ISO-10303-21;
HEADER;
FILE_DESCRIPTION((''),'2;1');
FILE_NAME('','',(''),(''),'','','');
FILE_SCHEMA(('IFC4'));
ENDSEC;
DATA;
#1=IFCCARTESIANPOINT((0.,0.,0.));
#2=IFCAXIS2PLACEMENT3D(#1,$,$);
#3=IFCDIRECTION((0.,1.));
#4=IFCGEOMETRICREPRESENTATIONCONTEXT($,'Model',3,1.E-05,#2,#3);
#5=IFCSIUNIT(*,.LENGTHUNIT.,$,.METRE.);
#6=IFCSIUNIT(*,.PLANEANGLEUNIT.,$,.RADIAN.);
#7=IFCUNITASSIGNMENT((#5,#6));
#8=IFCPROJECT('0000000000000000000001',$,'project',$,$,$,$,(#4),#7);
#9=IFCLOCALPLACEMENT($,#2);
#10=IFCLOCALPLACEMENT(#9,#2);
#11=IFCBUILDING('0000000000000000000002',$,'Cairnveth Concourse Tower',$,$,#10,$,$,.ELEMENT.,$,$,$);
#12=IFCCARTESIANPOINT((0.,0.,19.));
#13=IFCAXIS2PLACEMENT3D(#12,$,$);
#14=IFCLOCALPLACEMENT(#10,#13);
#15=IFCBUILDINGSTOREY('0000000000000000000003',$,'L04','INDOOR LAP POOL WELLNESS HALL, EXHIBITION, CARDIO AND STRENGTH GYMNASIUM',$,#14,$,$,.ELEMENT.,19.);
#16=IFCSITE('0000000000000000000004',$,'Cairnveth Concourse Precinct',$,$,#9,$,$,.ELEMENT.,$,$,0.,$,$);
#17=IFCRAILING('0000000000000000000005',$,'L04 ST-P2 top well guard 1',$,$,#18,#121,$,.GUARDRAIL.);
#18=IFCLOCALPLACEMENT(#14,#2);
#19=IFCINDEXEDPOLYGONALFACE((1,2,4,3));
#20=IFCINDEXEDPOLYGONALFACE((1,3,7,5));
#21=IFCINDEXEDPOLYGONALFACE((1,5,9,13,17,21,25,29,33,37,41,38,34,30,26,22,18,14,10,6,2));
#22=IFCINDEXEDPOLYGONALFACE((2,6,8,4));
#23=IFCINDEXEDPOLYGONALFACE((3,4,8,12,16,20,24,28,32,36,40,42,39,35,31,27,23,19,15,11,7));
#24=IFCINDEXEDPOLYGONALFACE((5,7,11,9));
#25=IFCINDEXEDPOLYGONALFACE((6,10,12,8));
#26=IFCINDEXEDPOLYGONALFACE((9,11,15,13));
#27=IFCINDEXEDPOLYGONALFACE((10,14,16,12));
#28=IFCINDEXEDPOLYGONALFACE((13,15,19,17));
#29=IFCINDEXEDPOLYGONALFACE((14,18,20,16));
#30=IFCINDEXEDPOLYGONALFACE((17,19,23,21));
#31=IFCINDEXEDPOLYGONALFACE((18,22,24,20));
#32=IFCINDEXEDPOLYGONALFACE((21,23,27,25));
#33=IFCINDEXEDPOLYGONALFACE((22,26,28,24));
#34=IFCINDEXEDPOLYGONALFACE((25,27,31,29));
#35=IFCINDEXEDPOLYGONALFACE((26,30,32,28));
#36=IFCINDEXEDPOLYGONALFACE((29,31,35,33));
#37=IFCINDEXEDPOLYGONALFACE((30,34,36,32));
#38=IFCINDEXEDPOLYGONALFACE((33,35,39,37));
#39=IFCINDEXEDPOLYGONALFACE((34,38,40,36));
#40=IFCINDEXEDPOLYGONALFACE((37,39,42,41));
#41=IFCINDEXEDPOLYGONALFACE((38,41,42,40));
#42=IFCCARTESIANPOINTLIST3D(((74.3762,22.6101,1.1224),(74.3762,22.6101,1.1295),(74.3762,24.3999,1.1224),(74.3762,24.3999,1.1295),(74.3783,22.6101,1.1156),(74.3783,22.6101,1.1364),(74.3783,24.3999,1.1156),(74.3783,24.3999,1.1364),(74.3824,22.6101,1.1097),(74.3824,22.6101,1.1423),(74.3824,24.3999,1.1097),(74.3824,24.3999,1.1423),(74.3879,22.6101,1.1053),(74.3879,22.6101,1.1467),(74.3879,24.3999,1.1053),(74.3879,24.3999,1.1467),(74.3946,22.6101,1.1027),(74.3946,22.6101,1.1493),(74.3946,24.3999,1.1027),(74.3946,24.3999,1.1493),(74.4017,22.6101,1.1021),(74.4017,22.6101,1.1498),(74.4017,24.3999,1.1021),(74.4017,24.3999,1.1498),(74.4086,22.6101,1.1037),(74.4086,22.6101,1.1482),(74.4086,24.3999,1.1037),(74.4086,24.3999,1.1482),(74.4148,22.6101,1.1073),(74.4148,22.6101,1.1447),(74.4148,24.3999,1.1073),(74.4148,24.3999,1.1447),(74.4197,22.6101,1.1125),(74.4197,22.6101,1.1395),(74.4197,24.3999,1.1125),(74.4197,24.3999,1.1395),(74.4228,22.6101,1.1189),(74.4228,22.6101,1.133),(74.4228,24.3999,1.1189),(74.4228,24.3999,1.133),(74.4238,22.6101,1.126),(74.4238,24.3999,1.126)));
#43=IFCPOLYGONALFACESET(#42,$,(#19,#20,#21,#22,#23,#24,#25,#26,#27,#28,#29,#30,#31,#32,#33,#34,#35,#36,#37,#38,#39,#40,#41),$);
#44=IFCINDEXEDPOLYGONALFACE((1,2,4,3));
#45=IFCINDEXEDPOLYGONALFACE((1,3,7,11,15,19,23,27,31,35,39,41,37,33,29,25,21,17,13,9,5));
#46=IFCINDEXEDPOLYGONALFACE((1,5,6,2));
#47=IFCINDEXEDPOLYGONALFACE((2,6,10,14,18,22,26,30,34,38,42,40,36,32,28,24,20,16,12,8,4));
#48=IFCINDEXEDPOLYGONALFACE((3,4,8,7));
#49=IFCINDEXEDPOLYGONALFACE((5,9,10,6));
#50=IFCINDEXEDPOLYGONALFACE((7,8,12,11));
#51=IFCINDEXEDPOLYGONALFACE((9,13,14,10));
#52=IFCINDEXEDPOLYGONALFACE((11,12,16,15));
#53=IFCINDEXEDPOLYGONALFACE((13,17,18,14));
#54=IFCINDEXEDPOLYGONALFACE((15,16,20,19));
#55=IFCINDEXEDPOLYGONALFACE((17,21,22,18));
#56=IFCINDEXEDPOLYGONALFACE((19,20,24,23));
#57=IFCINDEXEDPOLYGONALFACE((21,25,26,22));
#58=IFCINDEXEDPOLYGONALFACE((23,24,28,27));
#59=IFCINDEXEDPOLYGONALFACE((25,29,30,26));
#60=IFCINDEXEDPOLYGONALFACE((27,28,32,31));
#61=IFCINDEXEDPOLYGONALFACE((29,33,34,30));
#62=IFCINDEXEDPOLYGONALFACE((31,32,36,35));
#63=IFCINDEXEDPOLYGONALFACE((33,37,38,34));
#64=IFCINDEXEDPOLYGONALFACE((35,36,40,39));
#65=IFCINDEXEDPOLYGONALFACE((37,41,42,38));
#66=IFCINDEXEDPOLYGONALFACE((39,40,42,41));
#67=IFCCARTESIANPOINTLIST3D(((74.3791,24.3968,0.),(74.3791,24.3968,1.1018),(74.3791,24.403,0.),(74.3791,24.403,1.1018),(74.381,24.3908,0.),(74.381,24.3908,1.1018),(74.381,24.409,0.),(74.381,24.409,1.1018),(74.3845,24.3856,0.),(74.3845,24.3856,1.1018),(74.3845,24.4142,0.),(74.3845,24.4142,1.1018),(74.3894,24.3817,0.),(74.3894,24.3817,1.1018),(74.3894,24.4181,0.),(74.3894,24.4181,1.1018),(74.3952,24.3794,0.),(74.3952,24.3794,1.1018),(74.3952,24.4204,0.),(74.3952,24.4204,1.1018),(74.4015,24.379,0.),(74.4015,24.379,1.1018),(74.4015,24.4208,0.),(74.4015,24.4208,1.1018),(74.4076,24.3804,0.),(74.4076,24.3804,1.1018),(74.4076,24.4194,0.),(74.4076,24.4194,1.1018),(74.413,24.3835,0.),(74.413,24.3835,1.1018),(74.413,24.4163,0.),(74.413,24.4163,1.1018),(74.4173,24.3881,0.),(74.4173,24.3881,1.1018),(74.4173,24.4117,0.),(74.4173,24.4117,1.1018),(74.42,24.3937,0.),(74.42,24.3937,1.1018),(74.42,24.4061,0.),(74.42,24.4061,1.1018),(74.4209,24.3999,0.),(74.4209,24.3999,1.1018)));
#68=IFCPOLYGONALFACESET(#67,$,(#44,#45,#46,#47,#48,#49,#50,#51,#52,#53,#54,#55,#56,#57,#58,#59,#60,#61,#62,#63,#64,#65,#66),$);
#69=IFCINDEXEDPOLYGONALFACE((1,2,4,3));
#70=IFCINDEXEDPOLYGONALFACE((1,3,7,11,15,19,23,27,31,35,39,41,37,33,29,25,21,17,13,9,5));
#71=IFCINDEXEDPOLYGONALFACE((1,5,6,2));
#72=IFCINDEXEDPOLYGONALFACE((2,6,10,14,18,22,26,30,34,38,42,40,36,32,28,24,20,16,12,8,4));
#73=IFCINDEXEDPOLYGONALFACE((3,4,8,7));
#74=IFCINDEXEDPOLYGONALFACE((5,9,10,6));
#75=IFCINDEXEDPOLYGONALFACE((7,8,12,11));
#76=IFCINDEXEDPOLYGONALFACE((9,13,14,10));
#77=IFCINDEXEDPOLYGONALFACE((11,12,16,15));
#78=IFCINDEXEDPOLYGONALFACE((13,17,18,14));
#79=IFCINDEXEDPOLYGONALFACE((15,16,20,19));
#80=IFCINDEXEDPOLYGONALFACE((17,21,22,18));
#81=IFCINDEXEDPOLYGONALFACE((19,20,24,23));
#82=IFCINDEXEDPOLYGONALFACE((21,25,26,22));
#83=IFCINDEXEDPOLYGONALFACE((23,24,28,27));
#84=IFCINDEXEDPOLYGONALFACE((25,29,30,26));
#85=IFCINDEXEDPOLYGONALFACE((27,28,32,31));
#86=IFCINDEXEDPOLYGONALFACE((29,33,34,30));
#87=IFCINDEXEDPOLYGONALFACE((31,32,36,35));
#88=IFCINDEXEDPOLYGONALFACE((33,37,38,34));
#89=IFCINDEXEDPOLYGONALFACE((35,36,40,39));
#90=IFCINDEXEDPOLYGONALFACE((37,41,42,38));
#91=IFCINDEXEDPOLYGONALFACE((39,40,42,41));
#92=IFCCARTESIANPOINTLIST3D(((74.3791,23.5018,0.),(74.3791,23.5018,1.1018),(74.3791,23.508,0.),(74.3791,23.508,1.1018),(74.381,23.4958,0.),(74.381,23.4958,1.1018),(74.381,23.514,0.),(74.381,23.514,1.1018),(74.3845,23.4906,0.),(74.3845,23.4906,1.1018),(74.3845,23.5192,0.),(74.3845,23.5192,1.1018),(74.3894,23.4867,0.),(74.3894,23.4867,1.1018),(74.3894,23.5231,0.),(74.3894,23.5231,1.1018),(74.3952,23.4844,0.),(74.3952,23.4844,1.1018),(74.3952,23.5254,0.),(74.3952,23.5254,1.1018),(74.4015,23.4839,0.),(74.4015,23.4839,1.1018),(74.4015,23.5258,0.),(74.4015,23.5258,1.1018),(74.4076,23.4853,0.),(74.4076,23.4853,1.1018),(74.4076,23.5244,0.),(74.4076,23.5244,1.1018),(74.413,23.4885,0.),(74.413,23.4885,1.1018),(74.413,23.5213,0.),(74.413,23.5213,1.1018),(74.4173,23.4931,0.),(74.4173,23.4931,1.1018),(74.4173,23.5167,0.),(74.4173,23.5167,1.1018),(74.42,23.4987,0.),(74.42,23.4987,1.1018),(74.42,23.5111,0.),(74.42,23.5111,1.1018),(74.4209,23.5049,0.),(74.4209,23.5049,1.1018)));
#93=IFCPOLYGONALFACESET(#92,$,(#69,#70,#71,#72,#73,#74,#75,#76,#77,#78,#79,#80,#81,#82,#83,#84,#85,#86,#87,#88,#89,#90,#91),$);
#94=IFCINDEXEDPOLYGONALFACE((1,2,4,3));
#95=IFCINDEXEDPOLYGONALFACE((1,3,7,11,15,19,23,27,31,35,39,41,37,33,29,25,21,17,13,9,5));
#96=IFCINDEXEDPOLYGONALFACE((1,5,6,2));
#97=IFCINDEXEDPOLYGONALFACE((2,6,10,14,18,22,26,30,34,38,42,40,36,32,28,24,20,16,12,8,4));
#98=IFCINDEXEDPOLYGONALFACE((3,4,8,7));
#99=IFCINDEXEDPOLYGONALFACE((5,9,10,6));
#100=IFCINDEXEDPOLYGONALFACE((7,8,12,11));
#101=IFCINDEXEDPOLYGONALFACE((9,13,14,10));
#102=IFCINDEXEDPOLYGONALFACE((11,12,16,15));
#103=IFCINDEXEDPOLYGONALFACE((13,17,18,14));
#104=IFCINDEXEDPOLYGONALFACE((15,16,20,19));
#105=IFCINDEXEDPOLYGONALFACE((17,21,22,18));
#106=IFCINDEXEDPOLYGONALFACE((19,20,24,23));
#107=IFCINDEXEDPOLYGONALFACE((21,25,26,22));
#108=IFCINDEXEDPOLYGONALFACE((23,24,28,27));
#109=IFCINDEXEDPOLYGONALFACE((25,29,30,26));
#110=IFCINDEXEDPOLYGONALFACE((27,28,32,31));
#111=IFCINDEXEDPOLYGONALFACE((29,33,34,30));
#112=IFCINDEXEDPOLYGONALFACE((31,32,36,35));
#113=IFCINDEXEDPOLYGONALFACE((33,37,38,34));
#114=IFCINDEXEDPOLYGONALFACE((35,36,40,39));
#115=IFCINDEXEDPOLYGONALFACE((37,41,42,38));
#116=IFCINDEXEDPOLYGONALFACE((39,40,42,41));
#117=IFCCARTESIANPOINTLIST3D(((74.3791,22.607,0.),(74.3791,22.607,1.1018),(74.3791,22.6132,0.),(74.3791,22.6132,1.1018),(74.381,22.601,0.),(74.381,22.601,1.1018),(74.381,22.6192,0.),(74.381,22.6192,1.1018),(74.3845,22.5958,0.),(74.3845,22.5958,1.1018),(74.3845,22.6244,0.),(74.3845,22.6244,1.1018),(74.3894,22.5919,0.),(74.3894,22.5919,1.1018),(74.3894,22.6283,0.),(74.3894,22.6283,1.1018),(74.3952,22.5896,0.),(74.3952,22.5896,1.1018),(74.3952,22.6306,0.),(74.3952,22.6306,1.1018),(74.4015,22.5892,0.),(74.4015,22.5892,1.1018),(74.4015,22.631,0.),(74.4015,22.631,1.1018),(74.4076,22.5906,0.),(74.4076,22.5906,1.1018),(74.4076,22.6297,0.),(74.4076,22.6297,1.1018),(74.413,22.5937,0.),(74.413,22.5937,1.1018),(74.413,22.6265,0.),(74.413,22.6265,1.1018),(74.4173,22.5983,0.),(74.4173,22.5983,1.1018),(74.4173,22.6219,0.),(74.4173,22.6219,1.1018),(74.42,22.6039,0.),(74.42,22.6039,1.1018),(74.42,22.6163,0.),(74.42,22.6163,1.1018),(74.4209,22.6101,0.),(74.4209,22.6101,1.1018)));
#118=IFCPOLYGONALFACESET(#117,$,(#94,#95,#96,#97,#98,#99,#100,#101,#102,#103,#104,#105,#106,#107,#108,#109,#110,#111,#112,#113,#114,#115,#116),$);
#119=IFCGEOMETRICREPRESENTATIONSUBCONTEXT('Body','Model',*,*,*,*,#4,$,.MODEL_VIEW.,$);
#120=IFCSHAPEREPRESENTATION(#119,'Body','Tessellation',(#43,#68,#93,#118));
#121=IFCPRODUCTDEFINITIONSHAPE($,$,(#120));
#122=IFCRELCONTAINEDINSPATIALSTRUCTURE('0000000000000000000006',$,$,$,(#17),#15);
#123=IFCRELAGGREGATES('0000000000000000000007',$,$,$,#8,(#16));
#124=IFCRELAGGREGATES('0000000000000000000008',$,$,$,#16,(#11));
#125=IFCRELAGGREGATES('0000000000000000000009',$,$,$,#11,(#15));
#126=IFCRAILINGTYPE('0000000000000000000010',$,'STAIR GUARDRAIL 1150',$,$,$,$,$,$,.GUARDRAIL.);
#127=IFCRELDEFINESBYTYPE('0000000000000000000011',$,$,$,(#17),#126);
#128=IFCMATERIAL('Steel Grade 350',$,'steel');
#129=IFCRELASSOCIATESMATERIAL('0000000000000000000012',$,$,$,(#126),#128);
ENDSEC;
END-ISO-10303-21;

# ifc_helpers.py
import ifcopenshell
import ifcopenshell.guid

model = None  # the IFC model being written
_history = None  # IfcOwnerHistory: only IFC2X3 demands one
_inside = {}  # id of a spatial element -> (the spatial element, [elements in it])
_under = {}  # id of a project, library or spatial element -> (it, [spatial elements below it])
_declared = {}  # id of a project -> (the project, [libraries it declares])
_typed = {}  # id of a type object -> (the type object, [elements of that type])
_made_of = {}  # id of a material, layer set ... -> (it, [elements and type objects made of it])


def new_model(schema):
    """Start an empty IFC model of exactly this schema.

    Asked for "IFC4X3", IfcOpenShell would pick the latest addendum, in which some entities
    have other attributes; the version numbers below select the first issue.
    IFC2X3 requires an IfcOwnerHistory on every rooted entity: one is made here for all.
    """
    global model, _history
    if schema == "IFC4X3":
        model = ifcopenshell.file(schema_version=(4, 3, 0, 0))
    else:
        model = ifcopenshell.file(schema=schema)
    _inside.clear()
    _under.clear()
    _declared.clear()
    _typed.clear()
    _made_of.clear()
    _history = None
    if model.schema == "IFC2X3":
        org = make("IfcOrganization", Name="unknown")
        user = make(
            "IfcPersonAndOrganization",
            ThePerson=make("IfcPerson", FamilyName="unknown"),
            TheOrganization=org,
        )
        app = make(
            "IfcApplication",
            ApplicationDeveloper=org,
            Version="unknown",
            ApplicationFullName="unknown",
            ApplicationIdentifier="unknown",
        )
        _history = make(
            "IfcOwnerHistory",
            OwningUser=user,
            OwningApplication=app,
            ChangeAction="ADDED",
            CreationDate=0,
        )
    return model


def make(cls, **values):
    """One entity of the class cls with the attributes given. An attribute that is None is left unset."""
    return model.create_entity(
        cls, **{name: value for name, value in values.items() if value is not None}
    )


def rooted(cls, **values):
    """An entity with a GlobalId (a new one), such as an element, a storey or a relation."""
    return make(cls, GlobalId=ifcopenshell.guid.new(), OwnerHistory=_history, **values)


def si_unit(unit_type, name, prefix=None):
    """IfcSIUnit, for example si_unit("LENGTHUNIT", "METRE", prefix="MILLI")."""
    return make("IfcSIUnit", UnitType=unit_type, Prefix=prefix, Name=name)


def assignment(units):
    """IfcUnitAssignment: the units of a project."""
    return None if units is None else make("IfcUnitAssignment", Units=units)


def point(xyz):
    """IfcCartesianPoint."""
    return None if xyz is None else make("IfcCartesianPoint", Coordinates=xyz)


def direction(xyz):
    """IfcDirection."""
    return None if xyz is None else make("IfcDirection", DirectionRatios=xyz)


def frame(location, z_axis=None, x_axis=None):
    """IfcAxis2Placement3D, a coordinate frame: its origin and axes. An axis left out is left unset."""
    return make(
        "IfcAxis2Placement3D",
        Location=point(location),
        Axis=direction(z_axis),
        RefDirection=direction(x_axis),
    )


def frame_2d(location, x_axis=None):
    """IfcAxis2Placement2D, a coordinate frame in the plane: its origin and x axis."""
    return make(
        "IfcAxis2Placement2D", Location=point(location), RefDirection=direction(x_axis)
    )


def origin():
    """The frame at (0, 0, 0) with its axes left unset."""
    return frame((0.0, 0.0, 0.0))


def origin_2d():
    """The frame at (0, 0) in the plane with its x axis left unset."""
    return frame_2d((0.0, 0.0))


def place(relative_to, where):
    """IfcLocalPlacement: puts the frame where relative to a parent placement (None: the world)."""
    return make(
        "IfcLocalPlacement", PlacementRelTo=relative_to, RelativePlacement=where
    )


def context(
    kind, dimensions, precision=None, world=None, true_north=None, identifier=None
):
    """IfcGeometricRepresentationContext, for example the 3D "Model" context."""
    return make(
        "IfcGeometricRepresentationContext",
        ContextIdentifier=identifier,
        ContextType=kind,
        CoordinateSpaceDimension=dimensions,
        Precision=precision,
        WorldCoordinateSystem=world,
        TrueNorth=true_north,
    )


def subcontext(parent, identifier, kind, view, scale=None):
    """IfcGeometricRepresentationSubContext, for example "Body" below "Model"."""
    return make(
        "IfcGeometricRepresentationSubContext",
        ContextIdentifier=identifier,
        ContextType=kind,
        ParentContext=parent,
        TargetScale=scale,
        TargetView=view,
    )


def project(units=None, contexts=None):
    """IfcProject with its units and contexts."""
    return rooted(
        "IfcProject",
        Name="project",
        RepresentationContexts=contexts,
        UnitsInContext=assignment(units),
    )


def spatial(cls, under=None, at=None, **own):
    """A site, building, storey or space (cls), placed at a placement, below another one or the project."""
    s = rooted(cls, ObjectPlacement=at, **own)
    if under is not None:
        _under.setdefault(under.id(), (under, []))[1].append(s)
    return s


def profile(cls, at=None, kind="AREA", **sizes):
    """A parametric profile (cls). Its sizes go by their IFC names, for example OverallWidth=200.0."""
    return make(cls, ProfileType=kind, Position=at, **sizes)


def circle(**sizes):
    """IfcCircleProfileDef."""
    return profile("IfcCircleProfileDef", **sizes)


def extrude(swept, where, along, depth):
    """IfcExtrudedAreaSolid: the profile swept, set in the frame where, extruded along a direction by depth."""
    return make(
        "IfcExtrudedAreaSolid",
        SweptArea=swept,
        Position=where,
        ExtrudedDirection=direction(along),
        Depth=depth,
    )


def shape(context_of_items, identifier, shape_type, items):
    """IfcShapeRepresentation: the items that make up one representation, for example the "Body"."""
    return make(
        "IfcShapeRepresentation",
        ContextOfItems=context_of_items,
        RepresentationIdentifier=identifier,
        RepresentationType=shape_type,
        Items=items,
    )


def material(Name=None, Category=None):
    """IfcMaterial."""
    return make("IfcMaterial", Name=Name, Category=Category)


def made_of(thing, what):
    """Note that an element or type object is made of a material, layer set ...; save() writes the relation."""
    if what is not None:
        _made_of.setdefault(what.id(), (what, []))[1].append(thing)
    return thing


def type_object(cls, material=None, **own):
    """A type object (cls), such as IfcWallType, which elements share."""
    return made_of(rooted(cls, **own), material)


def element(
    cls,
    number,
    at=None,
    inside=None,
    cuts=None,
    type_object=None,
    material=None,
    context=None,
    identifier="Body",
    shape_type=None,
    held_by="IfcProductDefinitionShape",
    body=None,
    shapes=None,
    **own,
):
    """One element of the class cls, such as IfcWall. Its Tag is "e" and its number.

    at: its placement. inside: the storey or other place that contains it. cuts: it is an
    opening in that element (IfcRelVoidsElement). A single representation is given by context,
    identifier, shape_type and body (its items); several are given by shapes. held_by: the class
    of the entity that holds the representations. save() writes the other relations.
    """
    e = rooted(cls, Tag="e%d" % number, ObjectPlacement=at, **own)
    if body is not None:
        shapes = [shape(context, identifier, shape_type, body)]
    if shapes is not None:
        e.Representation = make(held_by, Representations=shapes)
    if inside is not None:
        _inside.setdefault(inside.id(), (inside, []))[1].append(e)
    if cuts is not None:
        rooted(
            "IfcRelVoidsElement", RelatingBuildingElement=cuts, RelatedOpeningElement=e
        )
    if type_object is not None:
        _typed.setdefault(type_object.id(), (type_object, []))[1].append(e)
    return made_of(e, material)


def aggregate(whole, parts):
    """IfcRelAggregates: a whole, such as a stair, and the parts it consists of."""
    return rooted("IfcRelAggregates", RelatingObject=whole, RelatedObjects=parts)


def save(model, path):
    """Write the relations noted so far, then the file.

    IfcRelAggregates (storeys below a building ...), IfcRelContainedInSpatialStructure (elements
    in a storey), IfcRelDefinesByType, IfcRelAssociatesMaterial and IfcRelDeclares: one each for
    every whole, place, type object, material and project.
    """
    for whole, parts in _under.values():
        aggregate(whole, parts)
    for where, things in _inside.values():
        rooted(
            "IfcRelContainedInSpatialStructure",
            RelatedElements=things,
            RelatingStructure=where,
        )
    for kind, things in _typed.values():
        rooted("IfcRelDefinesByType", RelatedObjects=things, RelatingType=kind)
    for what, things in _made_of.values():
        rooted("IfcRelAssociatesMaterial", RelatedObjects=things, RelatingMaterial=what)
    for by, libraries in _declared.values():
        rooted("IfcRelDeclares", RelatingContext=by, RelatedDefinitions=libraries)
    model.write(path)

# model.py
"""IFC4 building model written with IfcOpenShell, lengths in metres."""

from ifc_helpers import new_model, si_unit, direction, frame, origin, origin_2d, place, context, subcontext, project, spatial, circle, extrude, material, type_object, element, save


model = new_model("IFC4")

# Units and contexts
model_context = context("Model", 3, precision=1e-05, world=origin(), true_north=direction((0.0, 1.0)))
body_context = subcontext(model_context, "Body", "Model", "MODEL_VIEW")
ifc_project = project(units=[si_unit("LENGTHUNIT", "METRE"), si_unit("PLANEANGLEUNIT", "RADIAN")], contexts=[model_context])

# Site, building, storey
site_placement = place(None, origin())
site = spatial("IfcSite", under=ifc_project, at=site_placement, Name="Cairnveth Concourse Precinct", CompositionType="ELEMENT", RefElevation=0.0)
building_placement = place(site_placement, origin())
building = spatial("IfcBuilding", under=site, at=building_placement, Name="Cairnveth Concourse Tower", CompositionType="ELEMENT")
storey_placement = place(building_placement, frame((0.0, 0.0, 19.0)))
storey = spatial("IfcBuildingStorey", under=building, at=storey_placement, Name="L04", Description="INDOOR LAP POOL WELLNESS HALL, EXHIBITION, CARDIO AND STRENGTH GYMNASIUM", CompositionType="ELEMENT", Elevation=19.0)

# Shared definitions
ifc_material_1 = material(Name="Steel Grade 350", Category="steel")

# Railing
railing_type = type_object("IfcRailingType", Name="STAIR GUARDRAIL 1150", PredefinedType="GUARDRAIL", material=ifc_material_1)
railing_placement = place(storey_placement, frame((74.3999, 24.3999, 0.0)))
element("IfcRailing", 1, at=railing_placement, inside=storey, type_object=railing_type, Name="L04 ST-P2 top well guard 1", PredefinedType="GUARDRAIL", context=body_context, shape_type="SweptSolid", body=[
    extrude(circle(Radius=0.0239, at=origin_2d()), frame((0.0, 0.0, 1.126), z_axis=(0.0, -1.0, 0.0), x_axis=(1.0, 0.0, 0.0)), (0.0, 0.0, 1.0), 1.7898),
    extrude(circle(Radius=0.021, at=origin_2d()), origin(), (0.0, 0.0, 1.0), 1.1018),
    extrude(circle(Radius=0.021, at=origin_2d()), frame((0.0, -0.895, 0.0)), (0.0, 0.0, 1.0), 1.1018),
    extrude(circle(Radius=0.021, at=origin_2d()), frame((0.0, -1.7898, 0.0)), (0.0, 0.0, 1.0), 1.1018),
])

save(model, "model.ifc")
